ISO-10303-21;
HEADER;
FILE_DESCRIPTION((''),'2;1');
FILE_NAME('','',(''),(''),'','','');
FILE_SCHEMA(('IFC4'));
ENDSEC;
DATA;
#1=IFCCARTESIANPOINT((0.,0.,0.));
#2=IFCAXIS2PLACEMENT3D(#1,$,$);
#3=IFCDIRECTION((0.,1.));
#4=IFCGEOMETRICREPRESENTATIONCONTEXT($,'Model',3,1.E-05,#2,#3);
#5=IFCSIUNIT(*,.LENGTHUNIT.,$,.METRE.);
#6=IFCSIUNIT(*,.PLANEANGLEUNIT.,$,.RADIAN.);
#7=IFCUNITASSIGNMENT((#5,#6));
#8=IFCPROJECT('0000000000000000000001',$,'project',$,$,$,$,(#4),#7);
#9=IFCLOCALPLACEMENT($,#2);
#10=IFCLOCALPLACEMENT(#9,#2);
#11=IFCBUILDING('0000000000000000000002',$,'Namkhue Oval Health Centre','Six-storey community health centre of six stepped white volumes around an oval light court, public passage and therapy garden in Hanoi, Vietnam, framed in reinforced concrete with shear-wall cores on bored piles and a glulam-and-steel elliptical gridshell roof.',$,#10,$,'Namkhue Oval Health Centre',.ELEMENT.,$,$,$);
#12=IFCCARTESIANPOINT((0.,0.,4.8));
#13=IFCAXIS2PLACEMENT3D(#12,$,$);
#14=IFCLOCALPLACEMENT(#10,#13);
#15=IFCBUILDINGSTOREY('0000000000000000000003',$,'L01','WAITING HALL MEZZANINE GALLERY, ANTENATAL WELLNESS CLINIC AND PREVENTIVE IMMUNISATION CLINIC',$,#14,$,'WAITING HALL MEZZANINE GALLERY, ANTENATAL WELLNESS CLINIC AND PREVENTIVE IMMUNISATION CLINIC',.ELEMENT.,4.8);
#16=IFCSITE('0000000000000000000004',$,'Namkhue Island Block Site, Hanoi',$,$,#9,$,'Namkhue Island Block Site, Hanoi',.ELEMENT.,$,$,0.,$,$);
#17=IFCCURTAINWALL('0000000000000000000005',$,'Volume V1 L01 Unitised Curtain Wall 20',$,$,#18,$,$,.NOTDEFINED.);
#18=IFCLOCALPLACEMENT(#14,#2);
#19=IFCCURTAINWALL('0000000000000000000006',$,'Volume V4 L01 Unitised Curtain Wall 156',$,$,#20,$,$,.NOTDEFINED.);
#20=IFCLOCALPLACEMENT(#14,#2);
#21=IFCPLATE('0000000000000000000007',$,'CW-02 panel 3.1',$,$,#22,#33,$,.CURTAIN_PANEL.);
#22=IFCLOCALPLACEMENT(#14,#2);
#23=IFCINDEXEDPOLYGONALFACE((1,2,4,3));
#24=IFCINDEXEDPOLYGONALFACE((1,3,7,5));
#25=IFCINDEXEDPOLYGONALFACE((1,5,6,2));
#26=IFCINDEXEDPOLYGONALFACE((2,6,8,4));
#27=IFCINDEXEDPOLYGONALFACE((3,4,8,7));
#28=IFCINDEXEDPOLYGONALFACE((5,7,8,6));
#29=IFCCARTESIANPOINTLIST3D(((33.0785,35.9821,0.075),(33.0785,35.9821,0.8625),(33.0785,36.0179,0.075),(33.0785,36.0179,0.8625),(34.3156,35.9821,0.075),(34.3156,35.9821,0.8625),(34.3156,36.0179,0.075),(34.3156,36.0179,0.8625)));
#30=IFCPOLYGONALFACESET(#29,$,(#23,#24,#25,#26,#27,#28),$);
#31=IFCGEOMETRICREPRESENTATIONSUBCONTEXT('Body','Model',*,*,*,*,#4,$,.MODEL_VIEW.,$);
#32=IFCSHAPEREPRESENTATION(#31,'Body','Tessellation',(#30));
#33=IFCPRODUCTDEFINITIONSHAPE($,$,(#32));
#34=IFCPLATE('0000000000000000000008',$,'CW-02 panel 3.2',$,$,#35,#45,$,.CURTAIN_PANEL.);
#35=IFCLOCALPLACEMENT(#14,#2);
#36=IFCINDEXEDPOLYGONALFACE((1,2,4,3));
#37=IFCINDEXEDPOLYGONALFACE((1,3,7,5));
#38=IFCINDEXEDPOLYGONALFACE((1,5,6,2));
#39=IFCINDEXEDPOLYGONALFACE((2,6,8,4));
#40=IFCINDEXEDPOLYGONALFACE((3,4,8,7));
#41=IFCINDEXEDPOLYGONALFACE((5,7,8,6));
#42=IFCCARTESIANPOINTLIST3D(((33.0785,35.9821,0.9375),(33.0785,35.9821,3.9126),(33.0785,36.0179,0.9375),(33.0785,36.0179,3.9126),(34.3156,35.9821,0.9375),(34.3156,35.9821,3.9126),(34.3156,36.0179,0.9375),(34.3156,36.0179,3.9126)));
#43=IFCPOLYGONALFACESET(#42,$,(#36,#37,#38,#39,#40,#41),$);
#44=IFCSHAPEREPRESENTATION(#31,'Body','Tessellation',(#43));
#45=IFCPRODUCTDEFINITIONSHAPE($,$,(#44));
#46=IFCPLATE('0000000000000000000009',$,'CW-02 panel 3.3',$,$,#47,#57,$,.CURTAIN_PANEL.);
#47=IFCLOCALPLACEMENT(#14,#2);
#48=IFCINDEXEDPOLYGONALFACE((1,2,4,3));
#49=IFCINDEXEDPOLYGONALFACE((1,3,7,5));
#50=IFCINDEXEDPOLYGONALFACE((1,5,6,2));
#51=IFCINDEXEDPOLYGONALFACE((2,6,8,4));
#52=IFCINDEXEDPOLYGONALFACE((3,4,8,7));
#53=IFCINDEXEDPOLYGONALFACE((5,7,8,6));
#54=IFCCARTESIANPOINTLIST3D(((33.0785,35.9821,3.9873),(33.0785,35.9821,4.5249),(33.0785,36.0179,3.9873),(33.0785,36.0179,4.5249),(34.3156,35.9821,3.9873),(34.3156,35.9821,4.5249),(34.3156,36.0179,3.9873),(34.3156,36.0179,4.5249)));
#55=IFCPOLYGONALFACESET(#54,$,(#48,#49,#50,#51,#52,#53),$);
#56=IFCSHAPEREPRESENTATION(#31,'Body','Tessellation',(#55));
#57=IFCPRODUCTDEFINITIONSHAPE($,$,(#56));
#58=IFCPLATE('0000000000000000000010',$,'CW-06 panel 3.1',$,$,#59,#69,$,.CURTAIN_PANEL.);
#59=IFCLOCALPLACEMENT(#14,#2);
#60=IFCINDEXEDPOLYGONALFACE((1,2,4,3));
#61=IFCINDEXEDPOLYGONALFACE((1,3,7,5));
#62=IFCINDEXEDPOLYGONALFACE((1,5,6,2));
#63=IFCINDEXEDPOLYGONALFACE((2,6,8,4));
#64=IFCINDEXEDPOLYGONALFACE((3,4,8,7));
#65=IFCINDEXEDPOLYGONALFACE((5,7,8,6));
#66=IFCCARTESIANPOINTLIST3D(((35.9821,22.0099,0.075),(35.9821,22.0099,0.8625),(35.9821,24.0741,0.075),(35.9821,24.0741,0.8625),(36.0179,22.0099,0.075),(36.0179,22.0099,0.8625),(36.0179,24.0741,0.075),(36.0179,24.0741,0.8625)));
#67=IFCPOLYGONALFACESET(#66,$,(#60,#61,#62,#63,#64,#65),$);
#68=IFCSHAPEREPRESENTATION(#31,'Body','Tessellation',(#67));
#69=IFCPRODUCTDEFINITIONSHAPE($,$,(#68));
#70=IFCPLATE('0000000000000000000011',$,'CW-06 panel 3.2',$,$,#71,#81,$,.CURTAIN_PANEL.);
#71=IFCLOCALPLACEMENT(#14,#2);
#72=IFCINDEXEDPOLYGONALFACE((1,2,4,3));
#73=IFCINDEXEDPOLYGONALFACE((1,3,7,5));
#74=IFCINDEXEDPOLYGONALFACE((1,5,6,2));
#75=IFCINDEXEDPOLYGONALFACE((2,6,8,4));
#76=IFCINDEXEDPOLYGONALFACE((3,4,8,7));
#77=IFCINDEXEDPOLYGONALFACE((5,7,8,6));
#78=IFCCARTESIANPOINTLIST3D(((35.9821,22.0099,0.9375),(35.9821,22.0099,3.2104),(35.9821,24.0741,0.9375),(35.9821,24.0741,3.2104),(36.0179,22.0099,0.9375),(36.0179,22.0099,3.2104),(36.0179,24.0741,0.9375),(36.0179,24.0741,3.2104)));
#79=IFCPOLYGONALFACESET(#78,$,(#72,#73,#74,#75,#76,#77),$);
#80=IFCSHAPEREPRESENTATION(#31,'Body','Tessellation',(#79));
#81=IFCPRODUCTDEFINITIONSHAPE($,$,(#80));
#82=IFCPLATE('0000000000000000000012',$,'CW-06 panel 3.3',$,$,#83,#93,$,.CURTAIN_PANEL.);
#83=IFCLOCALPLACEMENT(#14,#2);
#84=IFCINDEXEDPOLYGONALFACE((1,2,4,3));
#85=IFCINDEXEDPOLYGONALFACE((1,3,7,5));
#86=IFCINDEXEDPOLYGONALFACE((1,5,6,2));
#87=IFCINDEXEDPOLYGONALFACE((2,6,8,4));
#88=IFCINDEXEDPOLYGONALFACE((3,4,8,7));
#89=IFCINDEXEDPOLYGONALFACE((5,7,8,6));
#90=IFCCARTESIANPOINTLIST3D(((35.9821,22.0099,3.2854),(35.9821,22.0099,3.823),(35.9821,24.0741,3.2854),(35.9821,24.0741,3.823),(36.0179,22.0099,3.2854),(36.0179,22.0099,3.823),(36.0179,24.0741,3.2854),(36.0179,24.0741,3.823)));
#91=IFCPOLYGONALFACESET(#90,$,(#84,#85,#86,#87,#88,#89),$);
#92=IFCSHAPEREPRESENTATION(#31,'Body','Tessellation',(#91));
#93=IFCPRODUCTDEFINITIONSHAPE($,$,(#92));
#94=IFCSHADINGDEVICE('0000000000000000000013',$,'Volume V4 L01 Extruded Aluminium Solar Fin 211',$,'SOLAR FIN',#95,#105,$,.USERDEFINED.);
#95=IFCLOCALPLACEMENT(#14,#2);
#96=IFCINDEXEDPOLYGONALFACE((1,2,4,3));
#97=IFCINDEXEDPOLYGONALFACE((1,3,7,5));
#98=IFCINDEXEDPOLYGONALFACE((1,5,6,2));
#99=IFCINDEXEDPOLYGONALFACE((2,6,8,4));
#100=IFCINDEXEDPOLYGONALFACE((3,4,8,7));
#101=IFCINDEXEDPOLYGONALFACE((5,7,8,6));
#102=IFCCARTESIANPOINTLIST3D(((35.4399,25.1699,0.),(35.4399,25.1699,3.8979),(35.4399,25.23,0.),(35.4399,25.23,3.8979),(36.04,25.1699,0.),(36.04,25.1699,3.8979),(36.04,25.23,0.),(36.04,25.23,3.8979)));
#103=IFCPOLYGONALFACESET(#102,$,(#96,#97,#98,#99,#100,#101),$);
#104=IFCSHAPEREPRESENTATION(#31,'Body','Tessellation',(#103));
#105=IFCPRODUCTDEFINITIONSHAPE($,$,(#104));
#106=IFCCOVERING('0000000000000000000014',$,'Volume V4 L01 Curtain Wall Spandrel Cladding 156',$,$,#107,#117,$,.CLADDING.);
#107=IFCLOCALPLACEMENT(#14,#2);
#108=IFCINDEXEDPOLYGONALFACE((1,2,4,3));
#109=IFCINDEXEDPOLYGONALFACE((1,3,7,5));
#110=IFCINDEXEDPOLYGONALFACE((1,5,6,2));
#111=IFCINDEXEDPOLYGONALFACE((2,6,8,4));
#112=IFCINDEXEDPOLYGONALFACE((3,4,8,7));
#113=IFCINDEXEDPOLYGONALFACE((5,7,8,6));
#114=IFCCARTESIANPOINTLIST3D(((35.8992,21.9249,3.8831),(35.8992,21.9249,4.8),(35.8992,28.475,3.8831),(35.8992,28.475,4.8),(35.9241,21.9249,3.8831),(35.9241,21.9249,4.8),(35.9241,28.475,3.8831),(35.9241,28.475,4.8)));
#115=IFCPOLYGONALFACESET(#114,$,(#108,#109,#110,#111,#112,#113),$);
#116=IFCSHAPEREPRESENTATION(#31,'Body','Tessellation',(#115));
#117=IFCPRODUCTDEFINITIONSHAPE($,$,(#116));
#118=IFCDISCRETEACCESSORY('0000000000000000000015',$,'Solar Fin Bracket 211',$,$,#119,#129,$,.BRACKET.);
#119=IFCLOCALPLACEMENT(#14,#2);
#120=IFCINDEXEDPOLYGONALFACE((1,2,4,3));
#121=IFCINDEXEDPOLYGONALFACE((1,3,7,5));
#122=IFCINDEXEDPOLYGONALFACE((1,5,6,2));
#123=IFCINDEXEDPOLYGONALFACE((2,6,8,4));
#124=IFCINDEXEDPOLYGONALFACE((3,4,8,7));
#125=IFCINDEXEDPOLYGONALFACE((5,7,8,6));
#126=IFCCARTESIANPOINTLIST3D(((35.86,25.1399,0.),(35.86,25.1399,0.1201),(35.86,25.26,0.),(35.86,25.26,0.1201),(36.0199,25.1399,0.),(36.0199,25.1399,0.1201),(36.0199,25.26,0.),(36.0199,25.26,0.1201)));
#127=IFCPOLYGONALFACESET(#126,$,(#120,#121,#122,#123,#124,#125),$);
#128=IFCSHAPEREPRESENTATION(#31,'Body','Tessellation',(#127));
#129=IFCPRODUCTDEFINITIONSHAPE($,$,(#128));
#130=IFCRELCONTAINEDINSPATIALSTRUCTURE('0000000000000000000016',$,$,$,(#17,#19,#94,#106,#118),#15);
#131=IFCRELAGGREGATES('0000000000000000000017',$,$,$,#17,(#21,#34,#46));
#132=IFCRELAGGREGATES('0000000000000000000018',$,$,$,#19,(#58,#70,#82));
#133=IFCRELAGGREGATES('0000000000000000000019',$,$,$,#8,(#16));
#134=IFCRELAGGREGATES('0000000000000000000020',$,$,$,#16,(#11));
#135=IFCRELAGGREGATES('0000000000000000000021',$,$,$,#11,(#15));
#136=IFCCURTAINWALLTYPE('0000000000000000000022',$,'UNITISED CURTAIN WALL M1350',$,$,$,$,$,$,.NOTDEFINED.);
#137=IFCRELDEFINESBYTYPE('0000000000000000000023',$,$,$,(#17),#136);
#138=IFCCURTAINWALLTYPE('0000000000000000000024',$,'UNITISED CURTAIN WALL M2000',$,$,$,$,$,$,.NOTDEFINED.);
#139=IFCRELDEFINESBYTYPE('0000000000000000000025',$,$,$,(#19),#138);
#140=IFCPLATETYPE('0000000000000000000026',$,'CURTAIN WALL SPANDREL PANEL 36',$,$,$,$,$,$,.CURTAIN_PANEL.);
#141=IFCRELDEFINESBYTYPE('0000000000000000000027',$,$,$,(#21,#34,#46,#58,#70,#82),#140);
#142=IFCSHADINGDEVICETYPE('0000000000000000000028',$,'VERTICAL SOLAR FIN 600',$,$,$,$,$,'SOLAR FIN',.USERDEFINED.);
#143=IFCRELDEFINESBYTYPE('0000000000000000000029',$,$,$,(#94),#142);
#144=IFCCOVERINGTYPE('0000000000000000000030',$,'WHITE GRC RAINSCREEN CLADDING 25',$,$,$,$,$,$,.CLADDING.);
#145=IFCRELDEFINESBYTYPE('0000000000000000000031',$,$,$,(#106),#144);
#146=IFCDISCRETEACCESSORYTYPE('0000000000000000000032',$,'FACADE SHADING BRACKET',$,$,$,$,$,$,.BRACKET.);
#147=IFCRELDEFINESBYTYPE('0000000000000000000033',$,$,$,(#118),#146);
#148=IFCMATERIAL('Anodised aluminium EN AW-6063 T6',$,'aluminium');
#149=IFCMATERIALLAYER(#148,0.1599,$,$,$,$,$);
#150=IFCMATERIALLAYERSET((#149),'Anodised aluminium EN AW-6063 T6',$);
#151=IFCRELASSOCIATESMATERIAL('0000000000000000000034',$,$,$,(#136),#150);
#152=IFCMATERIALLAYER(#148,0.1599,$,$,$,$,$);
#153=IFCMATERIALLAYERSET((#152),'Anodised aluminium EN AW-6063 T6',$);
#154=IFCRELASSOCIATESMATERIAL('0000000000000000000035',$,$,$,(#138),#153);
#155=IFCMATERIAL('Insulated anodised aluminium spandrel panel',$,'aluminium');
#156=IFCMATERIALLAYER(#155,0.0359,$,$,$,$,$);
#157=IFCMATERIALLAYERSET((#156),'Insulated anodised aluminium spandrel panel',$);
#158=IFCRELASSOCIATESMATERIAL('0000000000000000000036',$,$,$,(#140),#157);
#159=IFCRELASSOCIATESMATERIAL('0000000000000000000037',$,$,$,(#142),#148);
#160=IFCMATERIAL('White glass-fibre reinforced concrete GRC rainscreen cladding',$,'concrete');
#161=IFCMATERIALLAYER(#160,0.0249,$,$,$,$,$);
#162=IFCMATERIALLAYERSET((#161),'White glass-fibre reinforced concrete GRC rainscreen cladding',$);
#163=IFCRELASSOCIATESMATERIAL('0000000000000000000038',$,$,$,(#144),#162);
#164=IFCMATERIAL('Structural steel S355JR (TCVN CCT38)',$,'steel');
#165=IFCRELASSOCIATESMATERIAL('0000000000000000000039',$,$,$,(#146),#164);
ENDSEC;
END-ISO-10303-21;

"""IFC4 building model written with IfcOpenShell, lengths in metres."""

from ifc_helpers import new_model, si_unit, direction, frame, origin, origin_2d, place, context, subcontext, project, spatial, rectangle, extrude, material, layer, layer_set, type_object, element, aggregate, save


model = new_model("IFC4")

# Units and contexts
model_context = context("Model", 3, precision=1e-05, world=origin(), true_north=direction((0.0, 1.0)))
body_context = subcontext(model_context, "Body", "Model", "MODEL_VIEW")
ifc_project = project(units=[si_unit("LENGTHUNIT", "METRE"), si_unit("PLANEANGLEUNIT", "RADIAN")], contexts=[model_context])

# Site, building, storey
site_placement = place(None, origin())
site = spatial("IfcSite", under=ifc_project, at=site_placement, Name="Namkhue Island Block Site, Hanoi", LongName="Namkhue Island Block Site, Hanoi", CompositionType="ELEMENT", RefElevation=0.0)
building_placement = place(site_placement, origin())
building = spatial("IfcBuilding", under=site, at=building_placement, Name="Namkhue Oval Health Centre", Description="Six-storey community health centre of six stepped white volumes around an oval light court, public passage and therapy garden in Hanoi, Vietnam, framed in reinforced concrete with shear-wall cores on bored piles and a glulam-and-steel elliptical gridshell roof.", LongName="Namkhue Oval Health Centre", CompositionType="ELEMENT")
storey_placement = place(building_placement, frame((0.0, 0.0, 4.8)))
storey = spatial("IfcBuildingStorey", under=building, at=storey_placement, Name="L01", Description="WAITING HALL MEZZANINE GALLERY, ANTENATAL WELLNESS CLINIC AND PREVENTIVE IMMUNISATION CLINIC", LongName="WAITING HALL MEZZANINE GALLERY, ANTENATAL WELLNESS CLINIC AND PREVENTIVE IMMUNISATION CLINIC", CompositionType="ELEMENT", Elevation=4.8)

# Curtain walls
ifc_material_1 = material(Name="Anodised aluminium EN AW-6063 T6", Category="aluminium")
ifc_layer_1 = layer(ifc_material_1, 0.1599)
ifc_layer_set_1 = layer_set([ifc_layer_1], Name="Anodised aluminium EN AW-6063 T6")
curtain_wall_type_1 = type_object("IfcCurtainWallType", Name="UNITISED CURTAIN WALL M1350", PredefinedType="NOTDEFINED", material=ifc_layer_set_1)
curtain_wall_1_placement = place(storey_placement, origin())
curtain_wall_1 = element("IfcCurtainWall", 1, at=curtain_wall_1_placement, inside=storey, type_object=curtain_wall_type_1, Name="Volume V1 L01 Unitised Curtain Wall 20", PredefinedType="NOTDEFINED")
ifc_layer_2 = layer(ifc_material_1, 0.1599)
ifc_layer_set_2 = layer_set([ifc_layer_2], Name="Anodised aluminium EN AW-6063 T6")
curtain_wall_type_2 = type_object("IfcCurtainWallType", Name="UNITISED CURTAIN WALL M2000", PredefinedType="NOTDEFINED", material=ifc_layer_set_2)
curtain_wall_2_placement = place(storey_placement, origin())
curtain_wall_2 = element("IfcCurtainWall", 2, at=curtain_wall_2_placement, inside=storey, type_object=curtain_wall_type_2, Name="Volume V4 L01 Unitised Curtain Wall 156", PredefinedType="NOTDEFINED")

# Plates
ifc_material_2 = material(Name="Insulated anodised aluminium spandrel panel", Category="aluminium")
ifc_layer_3 = layer(ifc_material_2, 0.0359)
ifc_layer_set_3 = layer_set([ifc_layer_3], Name="Insulated anodised aluminium spandrel panel")
plate_type = type_object("IfcPlateType", Name="CURTAIN WALL SPANDREL PANEL 36", PredefinedType="CURTAIN_PANEL", material=ifc_layer_set_3)
plate_1_placement = place(storey_placement, frame((33.697, 36.0, 0.075), z_axis=(0.0, 0.0, 1.0), x_axis=(1.0, 0.0, 0.0)))
plate_1 = element("IfcPlate", 3, at=plate_1_placement, type_object=plate_type, Name="CW-02 panel 3.1", PredefinedType="CURTAIN_PANEL", context=body_context, shape_type="SweptSolid", body=[
    extrude(rectangle(XDim=1.2371, YDim=0.0359, at=origin_2d()), origin(), (0.0, 0.0, 1.0), 0.7876),
])
plate_2_placement = place(storey_placement, frame((33.697, 36.0, 0.9375), z_axis=(0.0, 0.0, 1.0), x_axis=(1.0, 0.0, 0.0)))
plate_2 = element("IfcPlate", 4, at=plate_2_placement, type_object=plate_type, Name="CW-02 panel 3.2", PredefinedType="CURTAIN_PANEL", context=body_context, shape_type="SweptSolid", body=[
    extrude(rectangle(XDim=1.2371, YDim=0.0359, at=origin_2d()), origin(), (0.0, 0.0, 1.0), 2.9751),
])
plate_3_placement = place(storey_placement, frame((33.697, 36.0, 3.9873), z_axis=(0.0, 0.0, 1.0), x_axis=(1.0, 0.0, 0.0)))
plate_3 = element("IfcPlate", 5, at=plate_3_placement, type_object=plate_type, Name="CW-02 panel 3.3", PredefinedType="CURTAIN_PANEL", context=body_context, shape_type="SweptSolid", body=[
    extrude(rectangle(XDim=1.2371, YDim=0.0359, at=origin_2d()), origin(), (0.0, 0.0, 1.0), 0.5376),
])
aggregate(curtain_wall_1, [plate_1, plate_2, plate_3])
plate_4_placement = place(storey_placement, frame((36.0, 23.042, 0.075), z_axis=(0.0, 0.0, 1.0), x_axis=(0.0, -1.0, 0.0)))
plate_4 = element("IfcPlate", 6, at=plate_4_placement, type_object=plate_type, Name="CW-06 panel 3.1", PredefinedType="CURTAIN_PANEL", context=body_context, shape_type="SweptSolid", body=[
    extrude(rectangle(XDim=2.0642, YDim=0.0359, at=origin_2d()), origin(), (0.0, 0.0, 1.0), 0.7876),
])
plate_5_placement = place(storey_placement, frame((36.0, 23.042, 0.9375), z_axis=(0.0, 0.0, 1.0), x_axis=(0.0, -1.0, 0.0)))
plate_5 = element("IfcPlate", 7, at=plate_5_placement, type_object=plate_type, Name="CW-06 panel 3.2", PredefinedType="CURTAIN_PANEL", context=body_context, shape_type="SweptSolid", body=[
    extrude(rectangle(XDim=2.0642, YDim=0.0359, at=origin_2d()), origin(), (0.0, 0.0, 1.0), 2.2729),
])
plate_6_placement = place(storey_placement, frame((36.0, 23.042, 3.2854), z_axis=(0.0, 0.0, 1.0), x_axis=(0.0, -1.0, 0.0)))
plate_6 = element("IfcPlate", 8, at=plate_6_placement, type_object=plate_type, Name="CW-06 panel 3.3", PredefinedType="CURTAIN_PANEL", context=body_context, shape_type="SweptSolid", body=[
    extrude(rectangle(XDim=2.0642, YDim=0.0359, at=origin_2d()), origin(), (0.0, 0.0, 1.0), 0.5376),
])
aggregate(curtain_wall_2, [plate_4, plate_5, plate_6])

# Shading device
shading_device_type = type_object("IfcShadingDeviceType", Name="VERTICAL SOLAR FIN 600", ElementType="SOLAR FIN", PredefinedType="USERDEFINED", material=ifc_material_1)
shading_device_placement = place(storey_placement, frame((35.74, 25.2, 0.0), z_axis=(0.0, 0.0, 1.0), x_axis=(-1.0, 0.0, 0.0)))
element("IfcShadingDevice", 9, at=shading_device_placement, inside=storey, type_object=shading_device_type, Name="Volume V4 L01 Extruded Aluminium Solar Fin 211", ObjectType="SOLAR FIN", PredefinedType="USERDEFINED", context=body_context, shape_type="SweptSolid", body=[
    extrude(rectangle(XDim=0.6001, YDim=0.0601, at=origin_2d()), origin(), (0.0, 0.0, 1.0), 3.8979),
])

# Covering
ifc_material_3 = material(Name="White glass-fibre reinforced concrete GRC rainscreen cladding", Category="concrete")
ifc_layer_4 = layer(ifc_material_3, 0.0249)
ifc_layer_set_4 = layer_set([ifc_layer_4], Name="White glass-fibre reinforced concrete GRC rainscreen cladding")
covering_type = type_object("IfcCoveringType", Name="WHITE GRC RAINSCREEN CLADDING 25", PredefinedType="CLADDING", material=ifc_layer_set_4)
covering_placement = place(storey_placement, frame((35.9116, 25.2, 3.8831), z_axis=(0.0, 0.0, 1.0), x_axis=(0.0, -1.0, 0.0)))
element("IfcCovering", 10, at=covering_placement, inside=storey, type_object=covering_type, Name="Volume V4 L01 Curtain Wall Spandrel Cladding 156", PredefinedType="CLADDING", context=body_context, shape_type="SweptSolid", body=[
    extrude(rectangle(XDim=6.55, YDim=0.0249, at=origin_2d()), origin(), (0.0, 0.0, 1.0), 0.917),
])

# Discrete accessory
ifc_material_4 = material(Name="Structural steel S355JR (TCVN CCT38)", Category="steel")
discrete_accessory_type = type_object("IfcDiscreteAccessoryType", Name="FACADE SHADING BRACKET", PredefinedType="BRACKET", material=ifc_material_4)
discrete_accessory_placement = place(storey_placement, frame((35.9399, 25.2, 0.0), z_axis=(0.0, 0.0, 1.0), x_axis=(-1.0, 0.0, 0.0)))
element("IfcDiscreteAccessory", 11, at=discrete_accessory_placement, inside=storey, type_object=discrete_accessory_type, Name="Solar Fin Bracket 211", PredefinedType="BRACKET", context=body_context, shape_type="SweptSolid", body=[
    extrude(rectangle(XDim=0.1599, YDim=0.1201, at=origin_2d()), origin(), (0.0, 0.0, 1.0), 0.1201),
])

save(model, "model.ifc")
